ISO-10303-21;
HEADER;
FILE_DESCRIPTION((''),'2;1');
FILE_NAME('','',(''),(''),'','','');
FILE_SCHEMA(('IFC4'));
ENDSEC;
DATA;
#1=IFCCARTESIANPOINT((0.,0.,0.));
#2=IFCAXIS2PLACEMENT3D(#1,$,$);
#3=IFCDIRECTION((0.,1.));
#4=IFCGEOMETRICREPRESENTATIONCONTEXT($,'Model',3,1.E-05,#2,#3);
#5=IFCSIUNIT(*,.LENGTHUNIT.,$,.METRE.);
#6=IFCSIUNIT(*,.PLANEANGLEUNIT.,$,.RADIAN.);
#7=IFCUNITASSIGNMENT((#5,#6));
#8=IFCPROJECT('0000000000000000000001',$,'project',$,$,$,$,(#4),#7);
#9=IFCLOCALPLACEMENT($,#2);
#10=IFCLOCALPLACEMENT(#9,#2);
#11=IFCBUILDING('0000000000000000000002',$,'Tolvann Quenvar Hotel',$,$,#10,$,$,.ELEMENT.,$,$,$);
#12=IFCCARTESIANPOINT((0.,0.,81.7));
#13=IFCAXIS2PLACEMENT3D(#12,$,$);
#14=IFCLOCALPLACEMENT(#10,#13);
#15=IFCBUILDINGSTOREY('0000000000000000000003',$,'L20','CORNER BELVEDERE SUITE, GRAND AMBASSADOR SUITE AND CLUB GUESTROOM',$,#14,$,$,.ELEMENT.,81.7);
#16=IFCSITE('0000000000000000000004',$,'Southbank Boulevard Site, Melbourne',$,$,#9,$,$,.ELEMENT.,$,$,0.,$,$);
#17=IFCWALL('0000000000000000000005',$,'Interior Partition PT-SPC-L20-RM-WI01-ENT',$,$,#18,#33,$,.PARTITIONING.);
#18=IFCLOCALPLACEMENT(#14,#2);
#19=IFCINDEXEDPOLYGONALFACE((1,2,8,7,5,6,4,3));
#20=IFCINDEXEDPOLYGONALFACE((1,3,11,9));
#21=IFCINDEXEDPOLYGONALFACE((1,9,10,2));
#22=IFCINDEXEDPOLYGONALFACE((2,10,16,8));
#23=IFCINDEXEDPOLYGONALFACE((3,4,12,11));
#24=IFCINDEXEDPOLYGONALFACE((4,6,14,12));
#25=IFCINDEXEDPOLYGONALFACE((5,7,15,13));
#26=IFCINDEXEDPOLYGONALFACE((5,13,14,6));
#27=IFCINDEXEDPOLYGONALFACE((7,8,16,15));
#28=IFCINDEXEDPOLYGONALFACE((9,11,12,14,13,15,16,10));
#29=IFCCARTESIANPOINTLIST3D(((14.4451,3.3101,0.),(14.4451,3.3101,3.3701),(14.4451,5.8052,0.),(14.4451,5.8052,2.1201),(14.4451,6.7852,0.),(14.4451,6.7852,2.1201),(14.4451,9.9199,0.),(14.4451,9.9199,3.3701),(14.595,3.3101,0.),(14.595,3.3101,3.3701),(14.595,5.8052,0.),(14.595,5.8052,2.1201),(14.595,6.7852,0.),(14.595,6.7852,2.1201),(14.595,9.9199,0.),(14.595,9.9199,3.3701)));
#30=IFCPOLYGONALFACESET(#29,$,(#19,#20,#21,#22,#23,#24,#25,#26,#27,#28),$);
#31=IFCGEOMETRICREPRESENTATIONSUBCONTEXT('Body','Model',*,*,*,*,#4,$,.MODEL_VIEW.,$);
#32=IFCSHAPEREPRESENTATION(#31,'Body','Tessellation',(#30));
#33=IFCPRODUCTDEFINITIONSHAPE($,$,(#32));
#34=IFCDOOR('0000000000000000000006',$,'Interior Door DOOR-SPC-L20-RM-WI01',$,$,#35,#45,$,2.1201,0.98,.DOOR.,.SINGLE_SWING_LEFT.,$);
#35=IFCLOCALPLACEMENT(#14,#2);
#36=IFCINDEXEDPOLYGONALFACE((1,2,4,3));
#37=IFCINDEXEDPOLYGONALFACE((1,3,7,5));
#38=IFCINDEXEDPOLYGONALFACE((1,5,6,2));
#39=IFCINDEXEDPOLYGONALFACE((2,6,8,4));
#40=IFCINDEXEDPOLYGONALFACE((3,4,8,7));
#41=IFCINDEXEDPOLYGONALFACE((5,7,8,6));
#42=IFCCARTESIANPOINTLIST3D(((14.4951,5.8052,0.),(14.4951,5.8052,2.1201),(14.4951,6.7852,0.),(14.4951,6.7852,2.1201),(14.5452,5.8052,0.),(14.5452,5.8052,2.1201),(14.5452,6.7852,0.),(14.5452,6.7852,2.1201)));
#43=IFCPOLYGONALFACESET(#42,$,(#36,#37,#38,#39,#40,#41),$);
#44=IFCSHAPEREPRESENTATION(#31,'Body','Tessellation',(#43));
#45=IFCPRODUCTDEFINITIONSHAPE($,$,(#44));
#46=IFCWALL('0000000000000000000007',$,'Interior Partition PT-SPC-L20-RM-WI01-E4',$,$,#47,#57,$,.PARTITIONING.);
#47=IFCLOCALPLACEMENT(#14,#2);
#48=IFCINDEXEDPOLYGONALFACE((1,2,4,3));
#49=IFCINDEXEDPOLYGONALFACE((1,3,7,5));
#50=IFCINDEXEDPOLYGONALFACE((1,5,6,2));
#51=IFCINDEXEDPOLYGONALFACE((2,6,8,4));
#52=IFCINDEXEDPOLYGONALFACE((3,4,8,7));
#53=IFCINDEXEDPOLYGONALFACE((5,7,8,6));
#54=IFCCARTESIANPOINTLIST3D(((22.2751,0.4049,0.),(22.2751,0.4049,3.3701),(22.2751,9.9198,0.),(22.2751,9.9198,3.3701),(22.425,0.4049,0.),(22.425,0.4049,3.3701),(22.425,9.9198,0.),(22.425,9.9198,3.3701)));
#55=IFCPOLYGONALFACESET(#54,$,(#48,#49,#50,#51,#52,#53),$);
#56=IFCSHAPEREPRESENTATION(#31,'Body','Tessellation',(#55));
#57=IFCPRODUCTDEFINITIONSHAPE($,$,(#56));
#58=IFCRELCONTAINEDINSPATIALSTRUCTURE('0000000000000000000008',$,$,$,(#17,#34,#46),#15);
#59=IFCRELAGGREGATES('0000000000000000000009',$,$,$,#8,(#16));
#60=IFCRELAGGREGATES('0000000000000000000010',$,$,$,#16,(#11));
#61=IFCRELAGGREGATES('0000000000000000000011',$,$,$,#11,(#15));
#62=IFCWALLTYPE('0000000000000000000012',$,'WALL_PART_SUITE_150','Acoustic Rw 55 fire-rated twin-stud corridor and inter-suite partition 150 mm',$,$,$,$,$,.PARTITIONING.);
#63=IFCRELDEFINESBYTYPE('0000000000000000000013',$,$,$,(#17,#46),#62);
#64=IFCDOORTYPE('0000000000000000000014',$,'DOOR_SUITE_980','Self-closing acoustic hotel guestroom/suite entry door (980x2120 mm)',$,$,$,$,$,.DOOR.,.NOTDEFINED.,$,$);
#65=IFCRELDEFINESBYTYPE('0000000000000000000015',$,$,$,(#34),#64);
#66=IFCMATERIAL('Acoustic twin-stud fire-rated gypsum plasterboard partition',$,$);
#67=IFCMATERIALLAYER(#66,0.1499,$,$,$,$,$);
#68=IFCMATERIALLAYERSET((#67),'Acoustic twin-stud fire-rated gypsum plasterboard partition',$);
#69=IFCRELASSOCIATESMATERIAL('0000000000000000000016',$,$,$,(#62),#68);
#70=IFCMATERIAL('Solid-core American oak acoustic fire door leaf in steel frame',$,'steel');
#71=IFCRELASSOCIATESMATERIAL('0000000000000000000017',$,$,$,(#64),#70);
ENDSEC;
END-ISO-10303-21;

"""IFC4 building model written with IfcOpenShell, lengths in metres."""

from ifc_helpers import new_model, si_unit, direction, frame, frame_2d, origin, place, context, subcontext, project, spatial, rectangle, extrude, source, transform, mapped, material, layer, layer_set, type_object, type_shapes, element, fill, save


model = new_model("IFC4")

# Units and contexts
model_context = context("Model", 3, precision=1e-05, world=origin(), true_north=direction((0.0, 1.0)))
body_context = subcontext(model_context, "Body", "Model", "MODEL_VIEW")
ifc_project = project(units=[si_unit("LENGTHUNIT", "METRE"), si_unit("PLANEANGLEUNIT", "RADIAN")], contexts=[model_context])

# Site, building, storey
site_placement = place(None, origin())
site = spatial("IfcSite", under=ifc_project, at=site_placement, Name="Southbank Boulevard Site, Melbourne", CompositionType="ELEMENT", RefElevation=0.0)
building_placement = place(site_placement, origin())
building = spatial("IfcBuilding", under=site, at=building_placement, Name="Tolvann Quenvar Hotel", CompositionType="ELEMENT")
storey_placement = place(building_placement, frame((0.0, 0.0, 81.7)))
storey = spatial("IfcBuildingStorey", under=building, at=storey_placement, Name="L20", Description="CORNER BELVEDERE SUITE, GRAND AMBASSADOR SUITE AND CLUB GUESTROOM", CompositionType="ELEMENT", Elevation=81.7)

# Shared definitions
ifc_material_1 = material(Name="Acoustic twin-stud fire-rated gypsum plasterboard partition")
ifc_layer_1 = layer(ifc_material_1, 0.1499)
ifc_layer_set_1 = layer_set([ifc_layer_1], Name="Acoustic twin-stud fire-rated gypsum plasterboard partition")
wall_type_1 = type_object("IfcWallType", Name="WALL_PART_SUITE_150", Description="Acoustic Rw 55 fire-rated twin-stud corridor and inter-suite partition 150 mm", PredefinedType="PARTITIONING", material=ifc_layer_set_1)
ifc_material_2 = material(Name="Solid-core American oak acoustic fire door leaf in steel frame", Category="steel")

# Wall, opening, door
wall_1_placement = place(storey_placement, frame((14.52, 3.3101, 0.0), z_axis=(0.0, 0.0, 1.0), x_axis=(0.0, 1.0, 0.0)))
wall_1 = element("IfcWall", 1, at=wall_1_placement, inside=storey, type_object=wall_type_1, Name="Interior Partition PT-SPC-L20-RM-WI01-ENT", PredefinedType="PARTITIONING", context=body_context, shape_type="SweptSolid", body=[
    extrude(rectangle(XDim=6.6099, YDim=0.1499, at=frame_2d((3.3049, 0.0))), origin(), (0.0, 0.0, 1.0), 3.3701),
])
opening_1_placement = place(wall_1_placement, frame((2.4951, 0.0, 0.0)))
opening_1 = element("IfcOpeningElement", 2, at=opening_1_placement, cuts=wall_1, PredefinedType="OPENING", context=body_context, shape_type="SweptSolid", body=[
    extrude(rectangle(XDim=0.98, YDim=2.1201, at=frame_2d((0.49, 1.0601))), frame((0.0, 0.085, 0.0), z_axis=(0.0, -1.0, 0.0), x_axis=(1.0, 0.0, 0.0)), (0.0, 0.0, 1.0), 0.1699),
])
door_type_1 = type_object("IfcDoorType", Name="DOOR_SUITE_980", Description="Self-closing acoustic hotel guestroom/suite entry door (980x2120 mm)", OperationType="NOTDEFINED", PredefinedType="DOOR", material=ifc_material_2)
shared_shape_1 = source(origin(), body_context, "Body", "SweptSolid", [
    extrude(rectangle(XDim=0.98, YDim=2.1201, at=frame_2d((0.49, 1.0601))), frame((0.0, 0.0249, 0.0), z_axis=(0.0, -1.0, 0.0), x_axis=(1.0, 0.0, 0.0)), (0.0, 0.0, 1.0), 0.05),
])
type_shapes(door_type_1, [shared_shape_1])
door_1_placement = place(opening_1_placement, origin())
door_1 = element("IfcDoor", 3, at=door_1_placement, inside=storey, type_object=door_type_1, Name="Interior Door DOOR-SPC-L20-RM-WI01", OperationType="SINGLE_SWING_LEFT", OverallHeight=2.1201, OverallWidth=0.98, PredefinedType="DOOR", context=body_context, shape_type="MappedRepresentation", body=[
    mapped(shared_shape_1, transform((0.0, 0.0, 0.0), x_axis=(1.0, 0.0, 0.0), y_axis=(0.0, 1.0, 0.0), z_axis=(0.0, 0.0, 1.0), scale=1.0)),
])
fill(opening_1, door_1)

# Wall
wall_2_placement = place(storey_placement, frame((22.3501, 0.405, 0.0), z_axis=(0.0, 0.0, 1.0), x_axis=(0.0, 1.0, 0.0)))
element("IfcWall", 4, at=wall_2_placement, inside=storey, type_object=wall_type_1, Name="Interior Partition PT-SPC-L20-RM-WI01-E4", PredefinedType="PARTITIONING", context=body_context, shape_type="SweptSolid", body=[
    extrude(rectangle(XDim=9.5149, YDim=0.1499, at=frame_2d((4.7573, 0.0))), origin(), (0.0, 0.0, 1.0), 3.3701),
])

save(model, "model.ifc")
